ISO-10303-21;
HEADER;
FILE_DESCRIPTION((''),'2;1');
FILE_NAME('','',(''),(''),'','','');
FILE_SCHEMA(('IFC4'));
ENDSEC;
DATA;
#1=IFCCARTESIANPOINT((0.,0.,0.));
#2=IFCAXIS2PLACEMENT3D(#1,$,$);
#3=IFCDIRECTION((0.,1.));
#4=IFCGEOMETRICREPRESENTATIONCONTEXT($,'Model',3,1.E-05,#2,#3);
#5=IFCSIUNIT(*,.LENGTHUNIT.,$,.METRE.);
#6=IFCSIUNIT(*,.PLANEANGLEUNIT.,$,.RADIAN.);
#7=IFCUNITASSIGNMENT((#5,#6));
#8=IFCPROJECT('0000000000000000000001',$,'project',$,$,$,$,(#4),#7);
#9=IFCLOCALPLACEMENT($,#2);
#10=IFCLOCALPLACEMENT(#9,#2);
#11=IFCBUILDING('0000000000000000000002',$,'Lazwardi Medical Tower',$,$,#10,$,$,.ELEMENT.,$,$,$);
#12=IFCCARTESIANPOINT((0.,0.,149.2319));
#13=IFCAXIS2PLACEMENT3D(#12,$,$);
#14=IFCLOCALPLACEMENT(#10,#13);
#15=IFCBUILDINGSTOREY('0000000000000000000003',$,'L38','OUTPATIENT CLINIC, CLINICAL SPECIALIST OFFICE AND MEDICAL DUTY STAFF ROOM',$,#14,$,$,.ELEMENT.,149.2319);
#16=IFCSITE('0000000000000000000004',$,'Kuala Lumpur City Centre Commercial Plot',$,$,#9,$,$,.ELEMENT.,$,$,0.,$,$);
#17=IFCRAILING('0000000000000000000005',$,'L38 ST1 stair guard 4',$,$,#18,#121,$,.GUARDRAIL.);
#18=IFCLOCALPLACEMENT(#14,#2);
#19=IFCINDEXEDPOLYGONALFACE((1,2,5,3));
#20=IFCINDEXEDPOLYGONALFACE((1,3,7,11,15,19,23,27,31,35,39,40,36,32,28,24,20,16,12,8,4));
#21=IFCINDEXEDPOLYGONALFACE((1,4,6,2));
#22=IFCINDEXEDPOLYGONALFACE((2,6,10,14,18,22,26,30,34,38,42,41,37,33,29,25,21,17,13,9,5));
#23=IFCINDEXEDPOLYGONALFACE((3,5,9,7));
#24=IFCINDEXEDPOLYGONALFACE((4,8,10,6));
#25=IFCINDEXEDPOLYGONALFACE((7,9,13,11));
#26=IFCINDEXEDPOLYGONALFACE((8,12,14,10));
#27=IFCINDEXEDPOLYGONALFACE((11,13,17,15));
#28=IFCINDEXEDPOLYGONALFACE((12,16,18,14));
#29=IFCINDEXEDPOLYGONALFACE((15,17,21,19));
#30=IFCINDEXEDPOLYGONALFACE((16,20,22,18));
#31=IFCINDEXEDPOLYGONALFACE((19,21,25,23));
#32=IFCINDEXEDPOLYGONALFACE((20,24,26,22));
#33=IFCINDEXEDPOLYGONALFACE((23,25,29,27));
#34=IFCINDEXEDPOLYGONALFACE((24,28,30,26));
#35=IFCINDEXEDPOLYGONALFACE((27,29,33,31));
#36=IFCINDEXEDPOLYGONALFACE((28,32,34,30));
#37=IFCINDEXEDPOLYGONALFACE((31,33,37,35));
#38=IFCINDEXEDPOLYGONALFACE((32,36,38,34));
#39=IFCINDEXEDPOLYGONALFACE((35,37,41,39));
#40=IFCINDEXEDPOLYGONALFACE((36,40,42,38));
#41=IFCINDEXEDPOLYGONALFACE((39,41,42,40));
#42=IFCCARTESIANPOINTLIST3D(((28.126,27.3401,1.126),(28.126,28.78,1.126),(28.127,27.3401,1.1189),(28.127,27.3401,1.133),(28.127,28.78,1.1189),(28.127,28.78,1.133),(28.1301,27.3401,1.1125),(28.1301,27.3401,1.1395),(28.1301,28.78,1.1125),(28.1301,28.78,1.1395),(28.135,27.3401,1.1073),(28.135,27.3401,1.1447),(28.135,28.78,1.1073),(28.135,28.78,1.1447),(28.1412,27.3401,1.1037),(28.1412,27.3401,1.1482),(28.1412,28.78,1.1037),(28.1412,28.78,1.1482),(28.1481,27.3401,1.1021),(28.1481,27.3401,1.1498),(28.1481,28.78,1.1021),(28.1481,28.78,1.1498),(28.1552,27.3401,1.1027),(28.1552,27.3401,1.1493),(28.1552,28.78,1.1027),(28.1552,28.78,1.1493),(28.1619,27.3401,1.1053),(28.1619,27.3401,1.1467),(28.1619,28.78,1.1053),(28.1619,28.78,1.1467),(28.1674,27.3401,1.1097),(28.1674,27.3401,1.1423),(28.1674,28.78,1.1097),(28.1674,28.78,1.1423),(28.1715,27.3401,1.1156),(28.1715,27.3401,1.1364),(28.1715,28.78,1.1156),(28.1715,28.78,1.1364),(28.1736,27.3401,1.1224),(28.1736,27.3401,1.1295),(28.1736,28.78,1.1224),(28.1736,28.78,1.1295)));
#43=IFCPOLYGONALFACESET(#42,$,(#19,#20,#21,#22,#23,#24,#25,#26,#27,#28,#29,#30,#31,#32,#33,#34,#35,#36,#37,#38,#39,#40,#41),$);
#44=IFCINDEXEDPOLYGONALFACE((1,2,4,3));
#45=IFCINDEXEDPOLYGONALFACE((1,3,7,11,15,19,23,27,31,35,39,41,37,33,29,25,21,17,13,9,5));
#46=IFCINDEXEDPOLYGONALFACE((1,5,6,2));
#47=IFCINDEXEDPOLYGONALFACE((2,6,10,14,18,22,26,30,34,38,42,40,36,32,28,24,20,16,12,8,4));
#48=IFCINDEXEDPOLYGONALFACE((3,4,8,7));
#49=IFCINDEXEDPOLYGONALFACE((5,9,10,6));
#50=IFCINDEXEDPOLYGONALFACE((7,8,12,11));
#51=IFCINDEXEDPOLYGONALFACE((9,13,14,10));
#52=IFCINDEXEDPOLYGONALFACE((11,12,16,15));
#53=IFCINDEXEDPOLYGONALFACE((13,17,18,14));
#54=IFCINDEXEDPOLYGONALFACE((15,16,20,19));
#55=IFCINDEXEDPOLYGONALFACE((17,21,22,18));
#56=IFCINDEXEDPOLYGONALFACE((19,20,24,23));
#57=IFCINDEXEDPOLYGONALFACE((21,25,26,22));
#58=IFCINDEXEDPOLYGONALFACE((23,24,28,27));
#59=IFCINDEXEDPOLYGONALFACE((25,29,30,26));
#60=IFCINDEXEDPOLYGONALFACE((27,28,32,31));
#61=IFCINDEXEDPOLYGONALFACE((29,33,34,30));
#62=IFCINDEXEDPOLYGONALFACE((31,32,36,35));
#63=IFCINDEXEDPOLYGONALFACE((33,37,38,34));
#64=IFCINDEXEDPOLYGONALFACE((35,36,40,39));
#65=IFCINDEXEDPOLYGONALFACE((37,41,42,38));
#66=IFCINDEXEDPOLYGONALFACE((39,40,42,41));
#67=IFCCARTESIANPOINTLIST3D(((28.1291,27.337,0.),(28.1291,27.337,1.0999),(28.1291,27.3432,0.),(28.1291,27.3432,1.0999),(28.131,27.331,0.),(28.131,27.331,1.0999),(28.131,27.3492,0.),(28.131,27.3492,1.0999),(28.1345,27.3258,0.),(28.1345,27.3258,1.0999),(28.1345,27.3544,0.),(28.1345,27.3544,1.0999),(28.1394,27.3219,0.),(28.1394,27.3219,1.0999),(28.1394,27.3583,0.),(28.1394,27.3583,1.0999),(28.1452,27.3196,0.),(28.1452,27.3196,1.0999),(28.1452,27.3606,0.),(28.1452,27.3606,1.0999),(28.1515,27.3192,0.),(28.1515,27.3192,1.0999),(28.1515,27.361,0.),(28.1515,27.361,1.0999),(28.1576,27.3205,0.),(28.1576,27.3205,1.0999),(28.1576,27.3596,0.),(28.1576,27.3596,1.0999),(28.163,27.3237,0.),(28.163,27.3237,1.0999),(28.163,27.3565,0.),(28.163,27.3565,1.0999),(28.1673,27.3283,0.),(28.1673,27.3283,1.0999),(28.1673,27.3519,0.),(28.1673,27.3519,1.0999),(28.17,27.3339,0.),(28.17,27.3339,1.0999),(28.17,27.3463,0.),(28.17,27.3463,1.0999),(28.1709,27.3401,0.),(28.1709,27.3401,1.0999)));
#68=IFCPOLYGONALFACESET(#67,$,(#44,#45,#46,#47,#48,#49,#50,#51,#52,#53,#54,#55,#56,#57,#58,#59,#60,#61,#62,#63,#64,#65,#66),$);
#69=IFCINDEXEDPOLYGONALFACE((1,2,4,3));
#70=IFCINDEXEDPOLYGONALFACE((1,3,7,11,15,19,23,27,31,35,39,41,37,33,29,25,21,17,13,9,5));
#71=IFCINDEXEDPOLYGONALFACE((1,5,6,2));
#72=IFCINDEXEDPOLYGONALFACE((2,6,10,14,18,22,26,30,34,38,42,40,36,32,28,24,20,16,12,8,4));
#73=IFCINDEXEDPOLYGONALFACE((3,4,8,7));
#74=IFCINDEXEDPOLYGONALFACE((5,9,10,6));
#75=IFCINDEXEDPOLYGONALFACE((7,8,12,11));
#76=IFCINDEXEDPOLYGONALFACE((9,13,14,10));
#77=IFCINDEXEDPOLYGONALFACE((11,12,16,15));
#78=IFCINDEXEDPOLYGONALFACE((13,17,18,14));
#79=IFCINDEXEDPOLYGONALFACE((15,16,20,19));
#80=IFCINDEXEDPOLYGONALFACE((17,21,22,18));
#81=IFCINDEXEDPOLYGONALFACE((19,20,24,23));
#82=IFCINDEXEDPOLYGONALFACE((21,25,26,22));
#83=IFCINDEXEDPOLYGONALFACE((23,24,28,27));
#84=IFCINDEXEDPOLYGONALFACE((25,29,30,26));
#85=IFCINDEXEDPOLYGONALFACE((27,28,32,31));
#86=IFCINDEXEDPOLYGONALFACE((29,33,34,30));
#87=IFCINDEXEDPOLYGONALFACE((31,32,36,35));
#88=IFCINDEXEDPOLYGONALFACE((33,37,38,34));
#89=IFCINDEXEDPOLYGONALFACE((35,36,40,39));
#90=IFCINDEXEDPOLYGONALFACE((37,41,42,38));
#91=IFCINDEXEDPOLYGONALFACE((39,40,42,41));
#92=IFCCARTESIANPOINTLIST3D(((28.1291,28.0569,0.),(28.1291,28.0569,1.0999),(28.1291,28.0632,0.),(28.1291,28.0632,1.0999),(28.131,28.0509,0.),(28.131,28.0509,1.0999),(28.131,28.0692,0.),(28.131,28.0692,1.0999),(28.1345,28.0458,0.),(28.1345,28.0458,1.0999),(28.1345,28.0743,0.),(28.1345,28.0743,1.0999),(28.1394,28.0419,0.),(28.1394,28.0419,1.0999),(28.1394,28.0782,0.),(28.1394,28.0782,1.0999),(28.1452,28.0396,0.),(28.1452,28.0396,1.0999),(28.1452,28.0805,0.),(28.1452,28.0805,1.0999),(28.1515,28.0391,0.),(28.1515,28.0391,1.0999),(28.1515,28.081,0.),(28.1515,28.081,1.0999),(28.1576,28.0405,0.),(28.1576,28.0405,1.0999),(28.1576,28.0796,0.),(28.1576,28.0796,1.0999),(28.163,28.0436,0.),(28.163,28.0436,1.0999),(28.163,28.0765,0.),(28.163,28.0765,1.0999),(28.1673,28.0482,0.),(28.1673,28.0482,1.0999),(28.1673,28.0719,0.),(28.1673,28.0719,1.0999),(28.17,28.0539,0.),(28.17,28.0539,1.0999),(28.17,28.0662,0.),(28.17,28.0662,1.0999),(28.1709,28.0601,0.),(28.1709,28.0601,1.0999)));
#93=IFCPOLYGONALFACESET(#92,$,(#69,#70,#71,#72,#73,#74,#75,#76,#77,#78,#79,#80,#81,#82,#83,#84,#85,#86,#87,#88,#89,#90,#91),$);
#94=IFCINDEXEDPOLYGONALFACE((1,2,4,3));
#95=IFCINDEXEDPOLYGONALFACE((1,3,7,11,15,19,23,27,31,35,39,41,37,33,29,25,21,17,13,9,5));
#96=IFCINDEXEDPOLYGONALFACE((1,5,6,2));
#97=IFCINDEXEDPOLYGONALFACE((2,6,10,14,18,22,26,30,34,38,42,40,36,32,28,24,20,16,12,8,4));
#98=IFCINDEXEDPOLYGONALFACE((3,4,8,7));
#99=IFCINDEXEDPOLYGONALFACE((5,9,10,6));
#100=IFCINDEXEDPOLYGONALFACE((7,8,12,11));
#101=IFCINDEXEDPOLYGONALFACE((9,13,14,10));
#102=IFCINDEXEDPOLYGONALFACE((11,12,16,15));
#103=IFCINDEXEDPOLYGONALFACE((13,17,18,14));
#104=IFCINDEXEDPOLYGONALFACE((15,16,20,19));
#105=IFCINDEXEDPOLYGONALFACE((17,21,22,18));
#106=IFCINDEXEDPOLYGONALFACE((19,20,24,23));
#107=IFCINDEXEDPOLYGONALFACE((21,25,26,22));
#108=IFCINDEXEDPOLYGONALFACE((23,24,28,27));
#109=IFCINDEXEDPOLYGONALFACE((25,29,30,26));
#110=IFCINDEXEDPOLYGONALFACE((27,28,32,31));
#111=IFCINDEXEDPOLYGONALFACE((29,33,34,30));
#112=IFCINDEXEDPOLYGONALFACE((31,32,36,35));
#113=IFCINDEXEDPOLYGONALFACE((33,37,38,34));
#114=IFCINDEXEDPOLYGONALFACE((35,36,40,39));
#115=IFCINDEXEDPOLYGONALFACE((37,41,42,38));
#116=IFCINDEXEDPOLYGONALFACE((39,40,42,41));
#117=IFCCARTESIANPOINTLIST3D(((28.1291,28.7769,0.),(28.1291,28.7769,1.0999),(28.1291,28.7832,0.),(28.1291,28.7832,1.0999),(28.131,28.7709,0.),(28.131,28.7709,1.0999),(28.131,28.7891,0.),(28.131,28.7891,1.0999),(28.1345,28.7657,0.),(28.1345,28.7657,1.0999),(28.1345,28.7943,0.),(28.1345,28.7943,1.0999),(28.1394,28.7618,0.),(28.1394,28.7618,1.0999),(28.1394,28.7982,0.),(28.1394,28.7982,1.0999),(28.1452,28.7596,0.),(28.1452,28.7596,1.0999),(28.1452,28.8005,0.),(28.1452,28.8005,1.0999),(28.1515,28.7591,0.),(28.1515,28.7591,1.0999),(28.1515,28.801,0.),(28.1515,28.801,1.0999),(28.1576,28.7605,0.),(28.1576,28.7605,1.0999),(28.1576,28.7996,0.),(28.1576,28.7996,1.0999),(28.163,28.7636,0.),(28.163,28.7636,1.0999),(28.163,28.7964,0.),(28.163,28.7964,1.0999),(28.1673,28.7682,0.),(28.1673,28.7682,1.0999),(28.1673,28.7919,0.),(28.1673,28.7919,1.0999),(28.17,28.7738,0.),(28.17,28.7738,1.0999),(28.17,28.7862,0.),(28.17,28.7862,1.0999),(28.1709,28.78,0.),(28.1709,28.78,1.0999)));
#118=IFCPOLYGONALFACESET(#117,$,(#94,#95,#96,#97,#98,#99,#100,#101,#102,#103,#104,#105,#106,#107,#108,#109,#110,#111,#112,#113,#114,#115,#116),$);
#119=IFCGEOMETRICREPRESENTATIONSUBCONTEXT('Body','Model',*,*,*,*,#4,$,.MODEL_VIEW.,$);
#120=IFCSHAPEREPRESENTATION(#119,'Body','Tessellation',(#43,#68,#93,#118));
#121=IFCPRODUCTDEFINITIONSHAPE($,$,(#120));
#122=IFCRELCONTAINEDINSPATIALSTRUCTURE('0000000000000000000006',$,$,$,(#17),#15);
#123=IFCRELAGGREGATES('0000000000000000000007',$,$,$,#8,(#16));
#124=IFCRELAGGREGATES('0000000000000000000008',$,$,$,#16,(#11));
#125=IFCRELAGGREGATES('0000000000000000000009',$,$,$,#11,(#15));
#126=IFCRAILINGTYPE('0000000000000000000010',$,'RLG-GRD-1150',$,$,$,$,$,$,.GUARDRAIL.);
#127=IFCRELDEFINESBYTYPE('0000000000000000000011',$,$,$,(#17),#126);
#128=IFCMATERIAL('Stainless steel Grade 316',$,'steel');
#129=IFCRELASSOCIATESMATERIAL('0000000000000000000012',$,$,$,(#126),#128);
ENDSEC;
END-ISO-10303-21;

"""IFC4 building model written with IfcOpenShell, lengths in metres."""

from ifc_helpers import new_model, si_unit, direction, frame, origin, origin_2d, place, context, subcontext, project, spatial, circle, extrude, material, type_object, element, save


model = new_model("IFC4")

# Units and contexts
model_context = context("Model", 3, precision=1e-05, world=origin(), true_north=direction((0.0, 1.0)))
body_context = subcontext(model_context, "Body", "Model", "MODEL_VIEW")
ifc_project = project(units=[si_unit("LENGTHUNIT", "METRE"), si_unit("PLANEANGLEUNIT", "RADIAN")], contexts=[model_context])

# Site, building, storey
site_placement = place(None, origin())
site = spatial("IfcSite", under=ifc_project, at=site_placement, Name="Kuala Lumpur City Centre Commercial Plot", CompositionType="ELEMENT", RefElevation=0.0)
building_placement = place(site_placement, origin())
building = spatial("IfcBuilding", under=site, at=building_placement, Name="Lazwardi Medical Tower", CompositionType="ELEMENT")
storey_placement = place(building_placement, frame((0.0, 0.0, 149.2319)))
storey = spatial("IfcBuildingStorey", under=building, at=storey_placement, Name="L38", Description="OUTPATIENT CLINIC, CLINICAL SPECIALIST OFFICE AND MEDICAL DUTY STAFF ROOM", CompositionType="ELEMENT", Elevation=149.2319)

# Railing
ifc_material_1 = material(Name="Stainless steel Grade 316", Category="steel")
railing_type_1 = type_object("IfcRailingType", Name="RLG-GRD-1150", PredefinedType="GUARDRAIL", material=ifc_material_1)
railing_1_placement = place(storey_placement, frame((28.1499, 27.3401, 0.0)))
element("IfcRailing", 1, at=railing_1_placement, inside=storey, type_object=railing_type_1, Name="L38 ST1 stair guard 4", PredefinedType="GUARDRAIL", context=body_context, shape_type="SweptSolid", body=[
    extrude(circle(Radius=0.0239, at=origin_2d()), frame((0.0, 0.0, 1.126), z_axis=(0.0, 1.0, 0.0), x_axis=(-1.0, 0.0, 0.0)), (0.0, 0.0, 1.0), 1.4399),
    extrude(circle(Radius=0.021, at=origin_2d()), origin(), (0.0, 0.0, 1.0), 1.0999),
    extrude(circle(Radius=0.021, at=origin_2d()), frame((0.0, 0.72, 0.0)), (0.0, 0.0, 1.0), 1.0999),
    extrude(circle(Radius=0.021, at=origin_2d()), frame((0.0, 1.4399, 0.0)), (0.0, 0.0, 1.0), 1.0999),
])

save(model, "model.ifc")
